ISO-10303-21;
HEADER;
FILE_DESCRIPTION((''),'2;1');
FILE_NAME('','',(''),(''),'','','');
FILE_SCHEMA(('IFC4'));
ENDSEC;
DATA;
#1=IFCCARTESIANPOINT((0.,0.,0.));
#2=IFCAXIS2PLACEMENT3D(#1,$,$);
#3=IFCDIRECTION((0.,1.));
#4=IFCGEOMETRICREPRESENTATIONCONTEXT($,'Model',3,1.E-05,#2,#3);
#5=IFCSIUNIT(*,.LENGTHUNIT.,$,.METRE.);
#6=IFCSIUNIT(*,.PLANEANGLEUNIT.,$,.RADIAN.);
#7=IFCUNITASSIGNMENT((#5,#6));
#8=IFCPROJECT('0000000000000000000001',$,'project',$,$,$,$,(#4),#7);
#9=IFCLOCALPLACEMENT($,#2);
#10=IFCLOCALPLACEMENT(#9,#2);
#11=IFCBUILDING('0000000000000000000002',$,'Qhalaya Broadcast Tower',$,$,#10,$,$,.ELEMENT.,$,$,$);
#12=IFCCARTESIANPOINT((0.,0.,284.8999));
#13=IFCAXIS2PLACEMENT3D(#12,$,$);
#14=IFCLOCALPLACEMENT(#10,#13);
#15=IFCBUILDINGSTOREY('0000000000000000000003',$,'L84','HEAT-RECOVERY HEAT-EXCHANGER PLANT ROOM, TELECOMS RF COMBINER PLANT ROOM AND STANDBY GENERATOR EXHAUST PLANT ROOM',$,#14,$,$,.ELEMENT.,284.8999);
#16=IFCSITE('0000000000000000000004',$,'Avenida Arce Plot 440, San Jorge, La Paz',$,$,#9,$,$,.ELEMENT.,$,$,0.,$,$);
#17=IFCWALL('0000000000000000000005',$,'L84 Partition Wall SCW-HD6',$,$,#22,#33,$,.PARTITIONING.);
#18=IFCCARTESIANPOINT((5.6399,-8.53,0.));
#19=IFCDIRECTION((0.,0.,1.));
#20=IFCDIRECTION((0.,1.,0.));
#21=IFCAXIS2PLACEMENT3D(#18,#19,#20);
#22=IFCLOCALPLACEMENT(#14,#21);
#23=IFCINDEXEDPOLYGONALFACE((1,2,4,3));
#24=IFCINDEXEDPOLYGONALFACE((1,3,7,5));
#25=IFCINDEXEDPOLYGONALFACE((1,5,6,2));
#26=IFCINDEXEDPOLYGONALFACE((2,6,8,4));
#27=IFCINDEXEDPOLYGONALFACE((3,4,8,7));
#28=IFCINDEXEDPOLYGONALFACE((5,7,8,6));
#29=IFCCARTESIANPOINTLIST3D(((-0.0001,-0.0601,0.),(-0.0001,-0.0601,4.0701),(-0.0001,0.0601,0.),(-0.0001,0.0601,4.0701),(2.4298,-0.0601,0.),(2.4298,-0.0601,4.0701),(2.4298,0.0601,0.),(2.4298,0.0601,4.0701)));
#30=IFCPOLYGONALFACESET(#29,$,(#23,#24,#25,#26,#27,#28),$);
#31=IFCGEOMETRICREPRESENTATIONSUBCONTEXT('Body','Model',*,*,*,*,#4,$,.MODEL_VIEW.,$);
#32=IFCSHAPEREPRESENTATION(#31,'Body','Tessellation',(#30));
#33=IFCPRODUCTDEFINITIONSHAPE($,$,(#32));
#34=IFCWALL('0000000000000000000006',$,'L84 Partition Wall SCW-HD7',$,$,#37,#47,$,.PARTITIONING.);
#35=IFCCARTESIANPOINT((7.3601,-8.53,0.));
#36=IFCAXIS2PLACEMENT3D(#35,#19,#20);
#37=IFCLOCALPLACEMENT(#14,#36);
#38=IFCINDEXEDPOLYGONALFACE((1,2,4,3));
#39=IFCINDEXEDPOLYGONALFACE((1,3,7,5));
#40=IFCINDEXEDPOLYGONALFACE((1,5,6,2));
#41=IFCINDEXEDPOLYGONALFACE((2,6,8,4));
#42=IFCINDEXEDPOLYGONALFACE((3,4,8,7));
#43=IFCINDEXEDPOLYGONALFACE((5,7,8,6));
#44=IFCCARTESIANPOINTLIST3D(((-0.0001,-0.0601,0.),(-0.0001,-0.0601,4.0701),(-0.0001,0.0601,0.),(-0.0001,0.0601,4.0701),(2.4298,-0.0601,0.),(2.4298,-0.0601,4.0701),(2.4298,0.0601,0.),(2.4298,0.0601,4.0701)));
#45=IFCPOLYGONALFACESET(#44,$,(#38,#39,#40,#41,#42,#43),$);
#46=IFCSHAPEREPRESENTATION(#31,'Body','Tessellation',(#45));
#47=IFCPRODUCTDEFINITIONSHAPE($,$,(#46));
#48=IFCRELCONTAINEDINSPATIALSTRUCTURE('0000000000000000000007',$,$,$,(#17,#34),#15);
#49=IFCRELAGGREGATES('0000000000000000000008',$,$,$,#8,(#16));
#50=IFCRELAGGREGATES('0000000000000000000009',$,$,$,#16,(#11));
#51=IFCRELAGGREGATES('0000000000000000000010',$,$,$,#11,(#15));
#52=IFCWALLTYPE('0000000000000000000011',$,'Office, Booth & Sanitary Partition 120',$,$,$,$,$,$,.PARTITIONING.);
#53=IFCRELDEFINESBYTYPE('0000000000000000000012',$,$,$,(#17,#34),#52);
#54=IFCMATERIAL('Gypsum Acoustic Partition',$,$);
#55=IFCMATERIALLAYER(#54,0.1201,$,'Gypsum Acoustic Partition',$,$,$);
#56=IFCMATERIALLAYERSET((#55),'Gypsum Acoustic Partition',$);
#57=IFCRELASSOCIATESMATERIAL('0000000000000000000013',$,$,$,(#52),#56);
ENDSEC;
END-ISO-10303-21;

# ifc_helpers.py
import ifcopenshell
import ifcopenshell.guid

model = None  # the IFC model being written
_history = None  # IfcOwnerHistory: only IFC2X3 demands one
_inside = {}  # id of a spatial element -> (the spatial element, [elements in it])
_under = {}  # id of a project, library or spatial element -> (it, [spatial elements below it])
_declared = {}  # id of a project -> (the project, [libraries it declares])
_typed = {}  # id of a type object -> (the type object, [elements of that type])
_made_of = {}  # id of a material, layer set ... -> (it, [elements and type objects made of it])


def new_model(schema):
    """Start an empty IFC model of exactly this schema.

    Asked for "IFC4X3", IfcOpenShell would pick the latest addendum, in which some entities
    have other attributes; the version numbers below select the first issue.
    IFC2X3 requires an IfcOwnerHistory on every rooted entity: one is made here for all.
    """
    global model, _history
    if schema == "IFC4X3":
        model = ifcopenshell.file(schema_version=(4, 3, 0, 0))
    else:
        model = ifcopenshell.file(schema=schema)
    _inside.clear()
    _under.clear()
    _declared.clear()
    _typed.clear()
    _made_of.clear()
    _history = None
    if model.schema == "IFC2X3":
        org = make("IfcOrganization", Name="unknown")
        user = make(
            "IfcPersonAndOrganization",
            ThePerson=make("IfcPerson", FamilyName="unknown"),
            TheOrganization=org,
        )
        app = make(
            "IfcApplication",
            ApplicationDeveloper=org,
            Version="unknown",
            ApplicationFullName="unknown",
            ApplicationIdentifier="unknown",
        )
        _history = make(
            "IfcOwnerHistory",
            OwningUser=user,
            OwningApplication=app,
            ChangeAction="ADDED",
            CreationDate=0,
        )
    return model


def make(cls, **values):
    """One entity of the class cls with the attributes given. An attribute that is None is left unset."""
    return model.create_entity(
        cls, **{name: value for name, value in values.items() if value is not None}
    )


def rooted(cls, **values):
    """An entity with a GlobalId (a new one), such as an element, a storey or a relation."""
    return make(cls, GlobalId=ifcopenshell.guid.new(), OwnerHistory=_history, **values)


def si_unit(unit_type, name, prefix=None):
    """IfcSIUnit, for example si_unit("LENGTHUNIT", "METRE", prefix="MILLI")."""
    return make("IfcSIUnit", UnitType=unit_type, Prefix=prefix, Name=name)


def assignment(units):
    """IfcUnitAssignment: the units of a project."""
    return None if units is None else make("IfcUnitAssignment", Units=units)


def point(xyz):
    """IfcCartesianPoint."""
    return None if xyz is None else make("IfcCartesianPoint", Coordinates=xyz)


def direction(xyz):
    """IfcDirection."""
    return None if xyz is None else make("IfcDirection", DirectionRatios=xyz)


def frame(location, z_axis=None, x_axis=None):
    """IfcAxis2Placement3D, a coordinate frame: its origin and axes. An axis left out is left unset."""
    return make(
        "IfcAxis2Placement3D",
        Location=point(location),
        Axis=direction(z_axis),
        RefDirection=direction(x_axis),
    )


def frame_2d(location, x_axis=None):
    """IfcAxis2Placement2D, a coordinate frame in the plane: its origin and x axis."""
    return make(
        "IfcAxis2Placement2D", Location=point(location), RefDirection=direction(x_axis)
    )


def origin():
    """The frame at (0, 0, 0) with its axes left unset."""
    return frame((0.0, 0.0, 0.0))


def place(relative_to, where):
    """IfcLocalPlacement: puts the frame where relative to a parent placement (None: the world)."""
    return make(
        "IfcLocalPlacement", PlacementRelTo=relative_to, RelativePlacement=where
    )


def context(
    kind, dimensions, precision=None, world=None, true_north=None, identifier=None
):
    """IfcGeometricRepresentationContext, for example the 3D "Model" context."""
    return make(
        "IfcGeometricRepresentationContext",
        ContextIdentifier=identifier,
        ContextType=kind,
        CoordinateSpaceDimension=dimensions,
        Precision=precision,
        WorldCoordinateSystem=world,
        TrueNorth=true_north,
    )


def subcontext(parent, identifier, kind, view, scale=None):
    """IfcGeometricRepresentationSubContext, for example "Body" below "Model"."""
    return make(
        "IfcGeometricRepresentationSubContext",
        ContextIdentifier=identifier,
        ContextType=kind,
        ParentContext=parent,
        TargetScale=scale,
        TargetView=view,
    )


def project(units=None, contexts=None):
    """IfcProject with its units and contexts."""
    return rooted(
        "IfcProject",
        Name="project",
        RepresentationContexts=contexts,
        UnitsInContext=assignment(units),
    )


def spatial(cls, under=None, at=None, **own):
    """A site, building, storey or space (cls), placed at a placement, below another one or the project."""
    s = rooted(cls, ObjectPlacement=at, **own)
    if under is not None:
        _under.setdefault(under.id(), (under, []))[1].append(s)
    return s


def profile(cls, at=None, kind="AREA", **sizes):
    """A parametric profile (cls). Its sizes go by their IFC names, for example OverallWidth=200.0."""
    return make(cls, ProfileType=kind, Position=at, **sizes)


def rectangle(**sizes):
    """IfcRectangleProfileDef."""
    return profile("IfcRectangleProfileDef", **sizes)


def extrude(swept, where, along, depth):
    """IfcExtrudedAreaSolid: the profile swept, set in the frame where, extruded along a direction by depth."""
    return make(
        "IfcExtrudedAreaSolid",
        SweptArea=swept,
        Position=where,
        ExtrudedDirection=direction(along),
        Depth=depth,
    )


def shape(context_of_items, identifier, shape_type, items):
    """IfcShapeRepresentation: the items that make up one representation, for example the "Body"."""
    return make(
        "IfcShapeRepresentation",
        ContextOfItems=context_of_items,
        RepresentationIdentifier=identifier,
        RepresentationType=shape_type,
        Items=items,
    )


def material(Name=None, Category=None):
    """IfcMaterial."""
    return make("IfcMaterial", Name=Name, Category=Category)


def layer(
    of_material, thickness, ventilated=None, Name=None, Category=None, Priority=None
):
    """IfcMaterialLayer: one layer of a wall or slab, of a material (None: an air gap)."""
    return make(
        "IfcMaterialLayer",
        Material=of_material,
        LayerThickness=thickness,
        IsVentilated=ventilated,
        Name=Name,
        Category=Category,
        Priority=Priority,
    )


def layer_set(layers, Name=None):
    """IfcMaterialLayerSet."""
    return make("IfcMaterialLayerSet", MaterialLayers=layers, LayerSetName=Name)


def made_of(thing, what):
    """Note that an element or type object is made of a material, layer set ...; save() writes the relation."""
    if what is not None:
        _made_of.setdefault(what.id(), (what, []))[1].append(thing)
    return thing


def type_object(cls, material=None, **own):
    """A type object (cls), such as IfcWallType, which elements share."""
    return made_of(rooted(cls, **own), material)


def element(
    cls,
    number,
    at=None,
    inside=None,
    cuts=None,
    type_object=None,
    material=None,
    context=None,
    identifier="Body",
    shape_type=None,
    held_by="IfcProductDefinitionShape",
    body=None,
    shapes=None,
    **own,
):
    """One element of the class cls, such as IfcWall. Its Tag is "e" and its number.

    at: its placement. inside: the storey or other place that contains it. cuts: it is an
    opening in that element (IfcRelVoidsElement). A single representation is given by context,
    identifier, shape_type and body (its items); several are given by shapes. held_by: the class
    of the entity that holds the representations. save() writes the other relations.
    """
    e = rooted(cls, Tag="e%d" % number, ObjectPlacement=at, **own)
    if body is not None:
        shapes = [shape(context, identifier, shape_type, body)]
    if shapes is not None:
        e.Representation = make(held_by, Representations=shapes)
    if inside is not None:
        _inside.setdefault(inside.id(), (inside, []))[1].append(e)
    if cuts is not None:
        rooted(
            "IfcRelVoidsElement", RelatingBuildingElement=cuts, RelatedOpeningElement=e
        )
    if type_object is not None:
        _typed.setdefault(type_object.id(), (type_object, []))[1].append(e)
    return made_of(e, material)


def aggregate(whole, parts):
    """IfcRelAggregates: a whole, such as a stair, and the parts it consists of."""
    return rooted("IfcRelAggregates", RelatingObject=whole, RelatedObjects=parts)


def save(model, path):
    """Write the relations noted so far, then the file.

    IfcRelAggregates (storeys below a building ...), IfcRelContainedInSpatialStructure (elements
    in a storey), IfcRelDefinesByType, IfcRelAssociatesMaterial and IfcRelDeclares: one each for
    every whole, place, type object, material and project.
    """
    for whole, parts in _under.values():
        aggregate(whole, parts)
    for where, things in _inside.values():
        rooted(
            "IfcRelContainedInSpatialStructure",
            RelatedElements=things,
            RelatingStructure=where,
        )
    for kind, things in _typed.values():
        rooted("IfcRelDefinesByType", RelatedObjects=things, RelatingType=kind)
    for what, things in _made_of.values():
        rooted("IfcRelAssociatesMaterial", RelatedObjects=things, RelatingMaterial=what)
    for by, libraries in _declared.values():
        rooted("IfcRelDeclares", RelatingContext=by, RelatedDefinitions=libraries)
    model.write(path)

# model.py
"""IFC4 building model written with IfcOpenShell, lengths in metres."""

from ifc_helpers import new_model, si_unit, direction, frame, frame_2d, origin, place, context, subcontext, project, spatial, rectangle, extrude, material, layer, layer_set, type_object, element, save


model = new_model("IFC4")

# Units and contexts
model_context = context("Model", 3, precision=1e-05, world=origin(), true_north=direction((0.0, 1.0)))
body_context = subcontext(model_context, "Body", "Model", "MODEL_VIEW")
ifc_project = project(units=[si_unit("LENGTHUNIT", "METRE"), si_unit("PLANEANGLEUNIT", "RADIAN")], contexts=[model_context])

# Site, building, storey
site_placement = place(None, origin())
site = spatial("IfcSite", under=ifc_project, at=site_placement, Name="Avenida Arce Plot 440, San Jorge, La Paz", CompositionType="ELEMENT", RefElevation=0.0)
building_placement = place(site_placement, origin())
building = spatial("IfcBuilding", under=site, at=building_placement, Name="Qhalaya Broadcast Tower", CompositionType="ELEMENT")
storey_placement = place(building_placement, frame((0.0, 0.0, 284.8999)))
storey = spatial("IfcBuildingStorey", under=building, at=storey_placement, Name="L84", Description="HEAT-RECOVERY HEAT-EXCHANGER PLANT ROOM, TELECOMS RF COMBINER PLANT ROOM AND STANDBY GENERATOR EXHAUST PLANT ROOM", CompositionType="ELEMENT", Elevation=284.8999)

# Shared definitions
ifc_material_1 = material(Name="Gypsum Acoustic Partition")

# Walls
ifc_layer_1 = layer(ifc_material_1, 0.1201, Name="Gypsum Acoustic Partition")
ifc_layer_set_1 = layer_set([ifc_layer_1], Name="Gypsum Acoustic Partition")
wall_type_1 = type_object("IfcWallType", Name="Office, Booth & Sanitary Partition 120", PredefinedType="PARTITIONING", material=ifc_layer_set_1)
for number, where, z_axis, x_axis, name in (
    (1, (5.6399, -8.53, 0.0), (0.0, 0.0, 1.0), (0.0, 1.0, 0.0), "L84 Partition Wall SCW-HD6"),
    (2, (7.3601, -8.53, 0.0), (0.0, 0.0, 1.0), (0.0, 1.0, 0.0), "L84 Partition Wall SCW-HD7"),
):
    element("IfcWall", number, at=place(storey_placement, frame(where, z_axis=z_axis, x_axis=x_axis)), inside=storey, type_object=wall_type_1, Name=name, PredefinedType="PARTITIONING", context=body_context, shape_type="SweptSolid", body=[
        extrude(rectangle(XDim=2.4299, YDim=0.1201, at=frame_2d((1.2148, 0.0))), origin(), (0.0, 0.0, 1.0), 4.0701),
    ])

save(model, "model.ifc")
